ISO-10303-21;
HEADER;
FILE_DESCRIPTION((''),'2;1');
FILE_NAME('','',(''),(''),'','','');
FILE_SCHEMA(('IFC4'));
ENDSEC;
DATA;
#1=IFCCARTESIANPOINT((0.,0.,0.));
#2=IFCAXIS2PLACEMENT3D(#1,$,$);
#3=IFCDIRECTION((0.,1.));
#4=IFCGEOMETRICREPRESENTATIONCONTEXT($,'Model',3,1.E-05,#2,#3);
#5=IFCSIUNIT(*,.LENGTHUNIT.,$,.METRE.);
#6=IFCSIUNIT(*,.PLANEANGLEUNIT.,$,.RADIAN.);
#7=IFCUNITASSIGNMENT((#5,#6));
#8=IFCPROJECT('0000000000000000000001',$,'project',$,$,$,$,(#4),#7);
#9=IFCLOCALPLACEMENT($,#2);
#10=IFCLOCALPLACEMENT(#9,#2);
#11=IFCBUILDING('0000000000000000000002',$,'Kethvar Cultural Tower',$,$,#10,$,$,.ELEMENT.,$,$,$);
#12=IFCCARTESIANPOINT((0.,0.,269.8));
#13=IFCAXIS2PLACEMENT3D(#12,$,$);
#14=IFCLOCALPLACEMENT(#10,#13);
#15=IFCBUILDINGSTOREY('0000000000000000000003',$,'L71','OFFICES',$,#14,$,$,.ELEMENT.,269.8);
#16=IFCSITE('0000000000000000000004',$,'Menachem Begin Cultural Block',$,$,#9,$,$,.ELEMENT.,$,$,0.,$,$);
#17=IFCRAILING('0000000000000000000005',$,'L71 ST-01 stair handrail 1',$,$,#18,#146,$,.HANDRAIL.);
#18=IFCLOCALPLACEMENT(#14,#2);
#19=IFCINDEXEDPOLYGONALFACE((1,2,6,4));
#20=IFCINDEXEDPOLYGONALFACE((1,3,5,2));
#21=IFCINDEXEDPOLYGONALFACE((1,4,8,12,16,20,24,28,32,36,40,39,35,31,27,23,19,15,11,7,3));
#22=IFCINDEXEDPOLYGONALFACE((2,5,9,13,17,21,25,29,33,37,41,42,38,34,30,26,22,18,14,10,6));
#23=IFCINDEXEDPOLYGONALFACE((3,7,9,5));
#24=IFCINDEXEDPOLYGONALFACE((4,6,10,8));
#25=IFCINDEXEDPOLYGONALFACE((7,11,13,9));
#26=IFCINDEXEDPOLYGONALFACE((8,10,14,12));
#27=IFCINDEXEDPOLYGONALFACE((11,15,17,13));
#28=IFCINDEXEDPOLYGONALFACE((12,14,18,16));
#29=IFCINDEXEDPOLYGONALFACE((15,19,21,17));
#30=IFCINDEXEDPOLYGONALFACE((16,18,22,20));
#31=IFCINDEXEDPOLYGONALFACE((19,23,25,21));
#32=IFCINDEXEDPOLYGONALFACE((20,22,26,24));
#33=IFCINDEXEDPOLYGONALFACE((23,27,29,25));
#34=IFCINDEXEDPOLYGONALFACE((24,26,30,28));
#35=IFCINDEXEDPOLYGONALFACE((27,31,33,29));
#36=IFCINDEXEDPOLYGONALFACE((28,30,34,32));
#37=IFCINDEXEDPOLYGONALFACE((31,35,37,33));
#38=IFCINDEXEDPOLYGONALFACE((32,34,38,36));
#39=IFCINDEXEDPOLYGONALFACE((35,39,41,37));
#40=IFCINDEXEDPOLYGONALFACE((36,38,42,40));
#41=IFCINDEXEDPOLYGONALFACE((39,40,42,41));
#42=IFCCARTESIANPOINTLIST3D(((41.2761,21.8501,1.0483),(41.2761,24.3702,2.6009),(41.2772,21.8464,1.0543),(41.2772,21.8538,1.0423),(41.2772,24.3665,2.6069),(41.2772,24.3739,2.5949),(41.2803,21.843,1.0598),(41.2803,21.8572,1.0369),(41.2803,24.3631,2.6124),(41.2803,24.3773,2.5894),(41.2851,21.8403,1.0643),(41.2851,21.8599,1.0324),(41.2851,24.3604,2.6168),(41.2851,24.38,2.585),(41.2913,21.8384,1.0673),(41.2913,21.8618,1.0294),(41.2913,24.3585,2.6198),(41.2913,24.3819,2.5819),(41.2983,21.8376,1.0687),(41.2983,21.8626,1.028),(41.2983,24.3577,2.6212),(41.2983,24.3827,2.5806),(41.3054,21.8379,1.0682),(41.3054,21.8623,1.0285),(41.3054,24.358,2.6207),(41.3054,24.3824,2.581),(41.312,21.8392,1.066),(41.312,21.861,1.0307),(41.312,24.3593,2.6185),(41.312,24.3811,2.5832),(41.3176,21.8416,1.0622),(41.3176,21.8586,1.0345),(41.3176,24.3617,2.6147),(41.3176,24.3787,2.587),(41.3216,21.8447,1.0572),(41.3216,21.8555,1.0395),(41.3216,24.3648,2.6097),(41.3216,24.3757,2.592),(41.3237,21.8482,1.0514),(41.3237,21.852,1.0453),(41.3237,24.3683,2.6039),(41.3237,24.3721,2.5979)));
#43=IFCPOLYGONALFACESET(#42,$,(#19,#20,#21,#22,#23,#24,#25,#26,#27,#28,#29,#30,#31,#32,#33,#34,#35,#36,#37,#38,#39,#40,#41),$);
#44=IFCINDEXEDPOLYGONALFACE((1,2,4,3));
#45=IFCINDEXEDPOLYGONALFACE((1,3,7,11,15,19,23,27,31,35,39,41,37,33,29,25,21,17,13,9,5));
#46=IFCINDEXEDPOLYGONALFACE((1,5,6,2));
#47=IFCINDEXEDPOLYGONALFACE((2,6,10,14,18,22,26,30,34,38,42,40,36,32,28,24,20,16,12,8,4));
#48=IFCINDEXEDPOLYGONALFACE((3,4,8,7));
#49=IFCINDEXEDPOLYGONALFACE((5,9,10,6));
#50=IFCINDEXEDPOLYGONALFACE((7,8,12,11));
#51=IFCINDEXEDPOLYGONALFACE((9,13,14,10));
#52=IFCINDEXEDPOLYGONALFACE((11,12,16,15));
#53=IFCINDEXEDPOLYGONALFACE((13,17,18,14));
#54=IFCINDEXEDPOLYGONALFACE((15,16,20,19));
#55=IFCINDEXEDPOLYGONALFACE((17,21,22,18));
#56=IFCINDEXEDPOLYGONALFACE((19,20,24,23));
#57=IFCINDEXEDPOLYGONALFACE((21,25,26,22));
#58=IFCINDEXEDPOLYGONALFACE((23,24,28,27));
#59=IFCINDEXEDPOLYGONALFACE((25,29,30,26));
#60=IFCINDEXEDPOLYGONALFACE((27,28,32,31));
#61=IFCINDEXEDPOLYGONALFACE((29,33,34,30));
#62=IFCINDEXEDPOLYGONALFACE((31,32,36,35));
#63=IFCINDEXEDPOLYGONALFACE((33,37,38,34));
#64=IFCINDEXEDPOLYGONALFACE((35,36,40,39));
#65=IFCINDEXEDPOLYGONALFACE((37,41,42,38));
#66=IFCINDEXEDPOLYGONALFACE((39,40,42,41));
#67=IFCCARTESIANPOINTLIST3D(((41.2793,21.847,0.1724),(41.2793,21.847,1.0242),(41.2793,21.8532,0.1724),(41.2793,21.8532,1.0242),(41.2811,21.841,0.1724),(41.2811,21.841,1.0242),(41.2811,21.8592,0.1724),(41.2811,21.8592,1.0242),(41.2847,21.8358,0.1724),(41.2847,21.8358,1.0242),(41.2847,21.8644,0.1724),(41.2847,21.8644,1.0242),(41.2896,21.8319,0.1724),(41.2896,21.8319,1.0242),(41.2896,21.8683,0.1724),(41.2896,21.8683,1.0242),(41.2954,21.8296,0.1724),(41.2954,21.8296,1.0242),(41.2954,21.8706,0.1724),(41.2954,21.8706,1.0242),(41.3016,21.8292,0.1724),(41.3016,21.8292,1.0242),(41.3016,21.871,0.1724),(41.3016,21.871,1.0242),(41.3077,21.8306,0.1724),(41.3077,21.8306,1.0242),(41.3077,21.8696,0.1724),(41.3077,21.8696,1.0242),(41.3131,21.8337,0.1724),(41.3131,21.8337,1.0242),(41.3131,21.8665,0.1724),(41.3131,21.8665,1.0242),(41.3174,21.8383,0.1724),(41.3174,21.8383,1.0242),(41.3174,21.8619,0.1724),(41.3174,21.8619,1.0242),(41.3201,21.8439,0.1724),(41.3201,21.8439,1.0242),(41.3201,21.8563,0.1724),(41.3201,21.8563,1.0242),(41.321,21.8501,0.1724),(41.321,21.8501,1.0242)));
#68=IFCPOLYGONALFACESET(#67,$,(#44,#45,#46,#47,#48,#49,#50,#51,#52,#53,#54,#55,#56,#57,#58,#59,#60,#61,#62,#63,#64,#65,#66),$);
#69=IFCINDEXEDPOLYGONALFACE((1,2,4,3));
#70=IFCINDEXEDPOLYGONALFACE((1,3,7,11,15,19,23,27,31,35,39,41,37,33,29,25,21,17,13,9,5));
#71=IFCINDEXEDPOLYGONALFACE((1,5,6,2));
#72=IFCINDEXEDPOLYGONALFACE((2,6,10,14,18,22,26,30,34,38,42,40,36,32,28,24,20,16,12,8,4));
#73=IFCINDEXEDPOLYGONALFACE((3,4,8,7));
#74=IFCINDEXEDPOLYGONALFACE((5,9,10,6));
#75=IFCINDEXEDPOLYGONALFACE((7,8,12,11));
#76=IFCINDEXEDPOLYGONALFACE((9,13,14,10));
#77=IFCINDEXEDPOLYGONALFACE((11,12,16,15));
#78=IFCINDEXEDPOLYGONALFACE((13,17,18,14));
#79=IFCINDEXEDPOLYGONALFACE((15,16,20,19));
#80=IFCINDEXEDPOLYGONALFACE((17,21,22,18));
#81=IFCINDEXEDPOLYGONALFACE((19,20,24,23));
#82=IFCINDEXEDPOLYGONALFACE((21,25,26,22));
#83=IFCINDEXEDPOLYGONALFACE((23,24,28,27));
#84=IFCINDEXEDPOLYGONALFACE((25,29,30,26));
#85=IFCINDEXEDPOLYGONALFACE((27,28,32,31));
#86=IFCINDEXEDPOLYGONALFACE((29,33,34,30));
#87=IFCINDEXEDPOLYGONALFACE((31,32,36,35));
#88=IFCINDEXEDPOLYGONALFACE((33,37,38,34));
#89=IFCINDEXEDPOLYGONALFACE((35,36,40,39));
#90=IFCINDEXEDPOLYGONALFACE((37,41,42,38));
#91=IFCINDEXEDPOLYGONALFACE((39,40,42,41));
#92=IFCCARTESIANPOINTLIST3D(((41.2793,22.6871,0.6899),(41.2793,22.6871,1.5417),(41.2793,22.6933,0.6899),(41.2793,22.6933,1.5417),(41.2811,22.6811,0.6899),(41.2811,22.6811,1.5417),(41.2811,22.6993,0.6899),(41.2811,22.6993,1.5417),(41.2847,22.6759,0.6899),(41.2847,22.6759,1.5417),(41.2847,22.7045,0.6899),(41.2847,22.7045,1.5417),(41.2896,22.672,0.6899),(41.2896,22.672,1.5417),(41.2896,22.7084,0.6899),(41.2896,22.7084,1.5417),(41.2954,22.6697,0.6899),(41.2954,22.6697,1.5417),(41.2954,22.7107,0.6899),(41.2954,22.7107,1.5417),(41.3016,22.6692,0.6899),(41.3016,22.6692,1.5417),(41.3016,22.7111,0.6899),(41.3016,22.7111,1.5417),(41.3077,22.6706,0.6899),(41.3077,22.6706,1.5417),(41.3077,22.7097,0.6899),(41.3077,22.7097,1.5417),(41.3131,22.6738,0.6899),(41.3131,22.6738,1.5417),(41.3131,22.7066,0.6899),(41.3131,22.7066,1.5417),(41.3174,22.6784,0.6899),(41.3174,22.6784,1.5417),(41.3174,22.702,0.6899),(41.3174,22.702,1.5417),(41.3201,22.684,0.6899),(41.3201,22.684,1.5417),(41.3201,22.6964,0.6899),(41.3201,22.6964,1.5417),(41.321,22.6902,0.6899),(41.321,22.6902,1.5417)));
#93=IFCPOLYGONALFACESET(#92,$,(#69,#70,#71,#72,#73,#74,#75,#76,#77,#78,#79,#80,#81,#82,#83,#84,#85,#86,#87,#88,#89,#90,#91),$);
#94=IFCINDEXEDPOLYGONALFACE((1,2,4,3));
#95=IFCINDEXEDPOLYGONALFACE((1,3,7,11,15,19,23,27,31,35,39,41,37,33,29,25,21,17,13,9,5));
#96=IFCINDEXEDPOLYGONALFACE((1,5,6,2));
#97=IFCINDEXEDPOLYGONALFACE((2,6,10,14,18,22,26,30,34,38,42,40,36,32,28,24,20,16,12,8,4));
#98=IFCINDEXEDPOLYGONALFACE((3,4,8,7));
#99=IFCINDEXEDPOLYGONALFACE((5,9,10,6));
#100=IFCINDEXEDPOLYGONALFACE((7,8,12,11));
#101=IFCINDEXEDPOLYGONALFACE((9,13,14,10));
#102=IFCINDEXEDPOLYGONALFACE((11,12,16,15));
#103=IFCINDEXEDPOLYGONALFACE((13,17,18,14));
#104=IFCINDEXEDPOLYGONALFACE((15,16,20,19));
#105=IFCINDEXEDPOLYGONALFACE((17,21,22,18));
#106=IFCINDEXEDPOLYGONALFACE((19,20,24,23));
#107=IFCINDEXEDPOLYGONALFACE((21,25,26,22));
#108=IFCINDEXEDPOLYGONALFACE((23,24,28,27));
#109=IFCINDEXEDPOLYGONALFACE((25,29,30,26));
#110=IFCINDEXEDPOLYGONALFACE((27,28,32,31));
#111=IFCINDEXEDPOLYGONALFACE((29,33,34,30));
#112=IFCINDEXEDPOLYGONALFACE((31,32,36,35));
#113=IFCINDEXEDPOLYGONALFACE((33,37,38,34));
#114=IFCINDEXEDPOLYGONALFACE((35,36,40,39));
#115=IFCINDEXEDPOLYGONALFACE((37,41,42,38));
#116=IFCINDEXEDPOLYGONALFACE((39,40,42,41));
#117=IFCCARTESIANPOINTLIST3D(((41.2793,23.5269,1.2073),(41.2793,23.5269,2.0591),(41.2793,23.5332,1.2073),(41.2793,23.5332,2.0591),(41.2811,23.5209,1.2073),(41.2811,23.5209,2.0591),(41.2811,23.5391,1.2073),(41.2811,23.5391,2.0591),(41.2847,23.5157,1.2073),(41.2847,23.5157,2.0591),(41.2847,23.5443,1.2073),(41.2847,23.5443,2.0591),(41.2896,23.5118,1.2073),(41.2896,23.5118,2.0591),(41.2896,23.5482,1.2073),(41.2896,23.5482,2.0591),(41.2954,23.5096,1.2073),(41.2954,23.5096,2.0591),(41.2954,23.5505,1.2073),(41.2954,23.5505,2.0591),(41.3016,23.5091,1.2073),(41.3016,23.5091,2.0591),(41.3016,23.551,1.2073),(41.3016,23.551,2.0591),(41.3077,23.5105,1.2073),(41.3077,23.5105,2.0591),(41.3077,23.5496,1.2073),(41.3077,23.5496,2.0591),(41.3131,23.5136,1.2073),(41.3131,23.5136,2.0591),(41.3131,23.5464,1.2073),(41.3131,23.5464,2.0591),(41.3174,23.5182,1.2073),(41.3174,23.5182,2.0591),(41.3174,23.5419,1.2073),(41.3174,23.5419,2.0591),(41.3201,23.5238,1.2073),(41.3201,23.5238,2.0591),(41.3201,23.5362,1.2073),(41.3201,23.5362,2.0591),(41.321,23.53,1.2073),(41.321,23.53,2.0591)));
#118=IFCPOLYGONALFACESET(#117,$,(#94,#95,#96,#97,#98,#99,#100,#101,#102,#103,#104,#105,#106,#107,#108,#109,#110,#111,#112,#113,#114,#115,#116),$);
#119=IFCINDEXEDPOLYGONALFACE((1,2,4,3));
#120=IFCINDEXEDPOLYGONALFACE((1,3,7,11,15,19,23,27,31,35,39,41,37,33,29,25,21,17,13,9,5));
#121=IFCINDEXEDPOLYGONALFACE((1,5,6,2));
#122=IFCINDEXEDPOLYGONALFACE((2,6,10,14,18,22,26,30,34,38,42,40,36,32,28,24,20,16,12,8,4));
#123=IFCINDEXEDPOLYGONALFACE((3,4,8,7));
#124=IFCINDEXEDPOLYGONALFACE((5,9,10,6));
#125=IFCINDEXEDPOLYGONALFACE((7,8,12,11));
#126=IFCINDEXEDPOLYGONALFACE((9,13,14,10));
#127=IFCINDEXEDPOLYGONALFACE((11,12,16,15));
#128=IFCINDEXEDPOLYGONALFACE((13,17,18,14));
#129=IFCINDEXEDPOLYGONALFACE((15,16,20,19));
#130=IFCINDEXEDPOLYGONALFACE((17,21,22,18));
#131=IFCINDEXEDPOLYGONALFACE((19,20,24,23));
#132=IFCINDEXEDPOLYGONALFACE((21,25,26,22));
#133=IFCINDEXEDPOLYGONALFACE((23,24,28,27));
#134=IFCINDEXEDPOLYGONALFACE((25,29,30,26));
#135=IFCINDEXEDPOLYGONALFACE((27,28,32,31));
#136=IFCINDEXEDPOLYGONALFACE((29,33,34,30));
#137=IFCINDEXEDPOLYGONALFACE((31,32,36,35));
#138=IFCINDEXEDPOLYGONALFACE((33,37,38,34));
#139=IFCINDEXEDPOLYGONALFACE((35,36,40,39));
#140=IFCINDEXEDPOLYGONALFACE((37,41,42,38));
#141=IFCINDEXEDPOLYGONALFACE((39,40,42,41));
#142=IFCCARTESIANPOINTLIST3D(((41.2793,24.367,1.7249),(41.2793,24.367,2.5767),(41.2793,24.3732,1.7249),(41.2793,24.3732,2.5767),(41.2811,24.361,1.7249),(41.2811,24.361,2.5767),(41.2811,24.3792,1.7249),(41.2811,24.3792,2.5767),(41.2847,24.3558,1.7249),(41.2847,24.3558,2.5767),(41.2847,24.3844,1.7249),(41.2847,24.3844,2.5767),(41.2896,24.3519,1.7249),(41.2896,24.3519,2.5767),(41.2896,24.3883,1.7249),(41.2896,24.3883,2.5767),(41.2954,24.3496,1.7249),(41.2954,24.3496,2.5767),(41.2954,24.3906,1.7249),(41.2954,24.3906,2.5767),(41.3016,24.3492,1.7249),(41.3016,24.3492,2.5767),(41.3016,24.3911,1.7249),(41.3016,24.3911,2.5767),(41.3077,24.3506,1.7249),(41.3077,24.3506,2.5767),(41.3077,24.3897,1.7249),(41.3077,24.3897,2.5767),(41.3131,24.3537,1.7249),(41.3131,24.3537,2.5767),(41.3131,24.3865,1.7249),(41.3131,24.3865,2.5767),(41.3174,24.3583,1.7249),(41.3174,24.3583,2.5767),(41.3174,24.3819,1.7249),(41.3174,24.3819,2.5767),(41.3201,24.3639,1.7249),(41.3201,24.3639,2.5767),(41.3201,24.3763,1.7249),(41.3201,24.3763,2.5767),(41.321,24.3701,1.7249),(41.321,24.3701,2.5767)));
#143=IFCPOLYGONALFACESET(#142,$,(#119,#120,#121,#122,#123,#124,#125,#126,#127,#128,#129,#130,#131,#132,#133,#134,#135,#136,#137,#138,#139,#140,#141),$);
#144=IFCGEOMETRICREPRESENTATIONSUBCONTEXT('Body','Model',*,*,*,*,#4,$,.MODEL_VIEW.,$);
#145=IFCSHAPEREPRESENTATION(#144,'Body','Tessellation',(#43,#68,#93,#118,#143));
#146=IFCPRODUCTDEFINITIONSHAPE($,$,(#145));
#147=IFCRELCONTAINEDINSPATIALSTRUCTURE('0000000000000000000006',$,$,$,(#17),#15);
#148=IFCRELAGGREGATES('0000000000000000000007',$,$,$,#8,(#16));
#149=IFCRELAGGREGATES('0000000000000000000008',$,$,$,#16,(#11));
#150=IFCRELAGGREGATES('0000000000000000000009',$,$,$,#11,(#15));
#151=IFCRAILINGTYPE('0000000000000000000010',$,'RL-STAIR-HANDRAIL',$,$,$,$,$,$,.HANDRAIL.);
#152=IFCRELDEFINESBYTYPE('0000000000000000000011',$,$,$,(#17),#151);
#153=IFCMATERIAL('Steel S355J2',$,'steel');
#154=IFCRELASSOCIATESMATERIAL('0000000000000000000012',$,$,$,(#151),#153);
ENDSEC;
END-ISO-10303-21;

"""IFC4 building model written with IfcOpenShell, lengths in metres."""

from ifc_helpers import new_model, si_unit, direction, frame, origin, origin_2d, place, context, subcontext, project, spatial, circle, extrude, material, type_object, element, save


model = new_model("IFC4")

# Units and contexts
model_context = context("Model", 3, precision=1e-05, world=origin(), true_north=direction((0.0, 1.0)))
body_context = subcontext(model_context, "Body", "Model", "MODEL_VIEW")
ifc_project = project(units=[si_unit("LENGTHUNIT", "METRE"), si_unit("PLANEANGLEUNIT", "RADIAN")], contexts=[model_context])

# Site, building, storey
site_placement = place(None, origin())
site = spatial("IfcSite", under=ifc_project, at=site_placement, Name="Menachem Begin Cultural Block", CompositionType="ELEMENT", RefElevation=0.0)
building_placement = place(site_placement, origin())
building = spatial("IfcBuilding", under=site, at=building_placement, Name="Kethvar Cultural Tower", CompositionType="ELEMENT")
storey_placement = place(building_placement, frame((0.0, 0.0, 269.8)))
storey = spatial("IfcBuildingStorey", under=building, at=storey_placement, Name="L71", Description="OFFICES", CompositionType="ELEMENT", Elevation=269.8)

# Shared definitions
ifc_material_1 = material(Name="Steel S355J2", Category="steel")

# Railing
railing_type_1 = type_object("IfcRailingType", Name="RL-STAIR-HANDRAIL", PredefinedType="HANDRAIL", material=ifc_material_1)
railing_1_placement = place(storey_placement, frame((41.3, 21.8501, 0.1724)))
element("IfcRailing", 1, at=railing_1_placement, inside=storey, type_object=railing_type_1, Name="L71 ST-01 stair handrail 1", PredefinedType="HANDRAIL", context=body_context, shape_type="SweptSolid", body=[
    extrude(circle(Radius=0.0239, at=origin_2d()), frame((0.0, 0.0, 0.876), z_axis=(0.0, 0.8514, 0.524516), x_axis=(-1.0, 0.0, 0.0)), (0.0, 0.0, 1.0), 2.96),
    extrude(circle(Radius=0.021, at=origin_2d()), origin(), (0.0, 0.0, 1.0), 0.8518),
    extrude(circle(Radius=0.021, at=origin_2d()), frame((0.0, 0.8401, 0.5176)), (0.0, 0.0, 1.0), 0.8518),
    extrude(circle(Radius=0.021, at=origin_2d()), frame((0.0, 1.6799, 1.0349)), (0.0, 0.0, 1.0), 0.8518),
    extrude(circle(Radius=0.021, at=origin_2d()), frame((0.0, 2.52, 1.5525)), (0.0, 0.0, 1.0), 0.8518),
])

save(model, "model.ifc")
